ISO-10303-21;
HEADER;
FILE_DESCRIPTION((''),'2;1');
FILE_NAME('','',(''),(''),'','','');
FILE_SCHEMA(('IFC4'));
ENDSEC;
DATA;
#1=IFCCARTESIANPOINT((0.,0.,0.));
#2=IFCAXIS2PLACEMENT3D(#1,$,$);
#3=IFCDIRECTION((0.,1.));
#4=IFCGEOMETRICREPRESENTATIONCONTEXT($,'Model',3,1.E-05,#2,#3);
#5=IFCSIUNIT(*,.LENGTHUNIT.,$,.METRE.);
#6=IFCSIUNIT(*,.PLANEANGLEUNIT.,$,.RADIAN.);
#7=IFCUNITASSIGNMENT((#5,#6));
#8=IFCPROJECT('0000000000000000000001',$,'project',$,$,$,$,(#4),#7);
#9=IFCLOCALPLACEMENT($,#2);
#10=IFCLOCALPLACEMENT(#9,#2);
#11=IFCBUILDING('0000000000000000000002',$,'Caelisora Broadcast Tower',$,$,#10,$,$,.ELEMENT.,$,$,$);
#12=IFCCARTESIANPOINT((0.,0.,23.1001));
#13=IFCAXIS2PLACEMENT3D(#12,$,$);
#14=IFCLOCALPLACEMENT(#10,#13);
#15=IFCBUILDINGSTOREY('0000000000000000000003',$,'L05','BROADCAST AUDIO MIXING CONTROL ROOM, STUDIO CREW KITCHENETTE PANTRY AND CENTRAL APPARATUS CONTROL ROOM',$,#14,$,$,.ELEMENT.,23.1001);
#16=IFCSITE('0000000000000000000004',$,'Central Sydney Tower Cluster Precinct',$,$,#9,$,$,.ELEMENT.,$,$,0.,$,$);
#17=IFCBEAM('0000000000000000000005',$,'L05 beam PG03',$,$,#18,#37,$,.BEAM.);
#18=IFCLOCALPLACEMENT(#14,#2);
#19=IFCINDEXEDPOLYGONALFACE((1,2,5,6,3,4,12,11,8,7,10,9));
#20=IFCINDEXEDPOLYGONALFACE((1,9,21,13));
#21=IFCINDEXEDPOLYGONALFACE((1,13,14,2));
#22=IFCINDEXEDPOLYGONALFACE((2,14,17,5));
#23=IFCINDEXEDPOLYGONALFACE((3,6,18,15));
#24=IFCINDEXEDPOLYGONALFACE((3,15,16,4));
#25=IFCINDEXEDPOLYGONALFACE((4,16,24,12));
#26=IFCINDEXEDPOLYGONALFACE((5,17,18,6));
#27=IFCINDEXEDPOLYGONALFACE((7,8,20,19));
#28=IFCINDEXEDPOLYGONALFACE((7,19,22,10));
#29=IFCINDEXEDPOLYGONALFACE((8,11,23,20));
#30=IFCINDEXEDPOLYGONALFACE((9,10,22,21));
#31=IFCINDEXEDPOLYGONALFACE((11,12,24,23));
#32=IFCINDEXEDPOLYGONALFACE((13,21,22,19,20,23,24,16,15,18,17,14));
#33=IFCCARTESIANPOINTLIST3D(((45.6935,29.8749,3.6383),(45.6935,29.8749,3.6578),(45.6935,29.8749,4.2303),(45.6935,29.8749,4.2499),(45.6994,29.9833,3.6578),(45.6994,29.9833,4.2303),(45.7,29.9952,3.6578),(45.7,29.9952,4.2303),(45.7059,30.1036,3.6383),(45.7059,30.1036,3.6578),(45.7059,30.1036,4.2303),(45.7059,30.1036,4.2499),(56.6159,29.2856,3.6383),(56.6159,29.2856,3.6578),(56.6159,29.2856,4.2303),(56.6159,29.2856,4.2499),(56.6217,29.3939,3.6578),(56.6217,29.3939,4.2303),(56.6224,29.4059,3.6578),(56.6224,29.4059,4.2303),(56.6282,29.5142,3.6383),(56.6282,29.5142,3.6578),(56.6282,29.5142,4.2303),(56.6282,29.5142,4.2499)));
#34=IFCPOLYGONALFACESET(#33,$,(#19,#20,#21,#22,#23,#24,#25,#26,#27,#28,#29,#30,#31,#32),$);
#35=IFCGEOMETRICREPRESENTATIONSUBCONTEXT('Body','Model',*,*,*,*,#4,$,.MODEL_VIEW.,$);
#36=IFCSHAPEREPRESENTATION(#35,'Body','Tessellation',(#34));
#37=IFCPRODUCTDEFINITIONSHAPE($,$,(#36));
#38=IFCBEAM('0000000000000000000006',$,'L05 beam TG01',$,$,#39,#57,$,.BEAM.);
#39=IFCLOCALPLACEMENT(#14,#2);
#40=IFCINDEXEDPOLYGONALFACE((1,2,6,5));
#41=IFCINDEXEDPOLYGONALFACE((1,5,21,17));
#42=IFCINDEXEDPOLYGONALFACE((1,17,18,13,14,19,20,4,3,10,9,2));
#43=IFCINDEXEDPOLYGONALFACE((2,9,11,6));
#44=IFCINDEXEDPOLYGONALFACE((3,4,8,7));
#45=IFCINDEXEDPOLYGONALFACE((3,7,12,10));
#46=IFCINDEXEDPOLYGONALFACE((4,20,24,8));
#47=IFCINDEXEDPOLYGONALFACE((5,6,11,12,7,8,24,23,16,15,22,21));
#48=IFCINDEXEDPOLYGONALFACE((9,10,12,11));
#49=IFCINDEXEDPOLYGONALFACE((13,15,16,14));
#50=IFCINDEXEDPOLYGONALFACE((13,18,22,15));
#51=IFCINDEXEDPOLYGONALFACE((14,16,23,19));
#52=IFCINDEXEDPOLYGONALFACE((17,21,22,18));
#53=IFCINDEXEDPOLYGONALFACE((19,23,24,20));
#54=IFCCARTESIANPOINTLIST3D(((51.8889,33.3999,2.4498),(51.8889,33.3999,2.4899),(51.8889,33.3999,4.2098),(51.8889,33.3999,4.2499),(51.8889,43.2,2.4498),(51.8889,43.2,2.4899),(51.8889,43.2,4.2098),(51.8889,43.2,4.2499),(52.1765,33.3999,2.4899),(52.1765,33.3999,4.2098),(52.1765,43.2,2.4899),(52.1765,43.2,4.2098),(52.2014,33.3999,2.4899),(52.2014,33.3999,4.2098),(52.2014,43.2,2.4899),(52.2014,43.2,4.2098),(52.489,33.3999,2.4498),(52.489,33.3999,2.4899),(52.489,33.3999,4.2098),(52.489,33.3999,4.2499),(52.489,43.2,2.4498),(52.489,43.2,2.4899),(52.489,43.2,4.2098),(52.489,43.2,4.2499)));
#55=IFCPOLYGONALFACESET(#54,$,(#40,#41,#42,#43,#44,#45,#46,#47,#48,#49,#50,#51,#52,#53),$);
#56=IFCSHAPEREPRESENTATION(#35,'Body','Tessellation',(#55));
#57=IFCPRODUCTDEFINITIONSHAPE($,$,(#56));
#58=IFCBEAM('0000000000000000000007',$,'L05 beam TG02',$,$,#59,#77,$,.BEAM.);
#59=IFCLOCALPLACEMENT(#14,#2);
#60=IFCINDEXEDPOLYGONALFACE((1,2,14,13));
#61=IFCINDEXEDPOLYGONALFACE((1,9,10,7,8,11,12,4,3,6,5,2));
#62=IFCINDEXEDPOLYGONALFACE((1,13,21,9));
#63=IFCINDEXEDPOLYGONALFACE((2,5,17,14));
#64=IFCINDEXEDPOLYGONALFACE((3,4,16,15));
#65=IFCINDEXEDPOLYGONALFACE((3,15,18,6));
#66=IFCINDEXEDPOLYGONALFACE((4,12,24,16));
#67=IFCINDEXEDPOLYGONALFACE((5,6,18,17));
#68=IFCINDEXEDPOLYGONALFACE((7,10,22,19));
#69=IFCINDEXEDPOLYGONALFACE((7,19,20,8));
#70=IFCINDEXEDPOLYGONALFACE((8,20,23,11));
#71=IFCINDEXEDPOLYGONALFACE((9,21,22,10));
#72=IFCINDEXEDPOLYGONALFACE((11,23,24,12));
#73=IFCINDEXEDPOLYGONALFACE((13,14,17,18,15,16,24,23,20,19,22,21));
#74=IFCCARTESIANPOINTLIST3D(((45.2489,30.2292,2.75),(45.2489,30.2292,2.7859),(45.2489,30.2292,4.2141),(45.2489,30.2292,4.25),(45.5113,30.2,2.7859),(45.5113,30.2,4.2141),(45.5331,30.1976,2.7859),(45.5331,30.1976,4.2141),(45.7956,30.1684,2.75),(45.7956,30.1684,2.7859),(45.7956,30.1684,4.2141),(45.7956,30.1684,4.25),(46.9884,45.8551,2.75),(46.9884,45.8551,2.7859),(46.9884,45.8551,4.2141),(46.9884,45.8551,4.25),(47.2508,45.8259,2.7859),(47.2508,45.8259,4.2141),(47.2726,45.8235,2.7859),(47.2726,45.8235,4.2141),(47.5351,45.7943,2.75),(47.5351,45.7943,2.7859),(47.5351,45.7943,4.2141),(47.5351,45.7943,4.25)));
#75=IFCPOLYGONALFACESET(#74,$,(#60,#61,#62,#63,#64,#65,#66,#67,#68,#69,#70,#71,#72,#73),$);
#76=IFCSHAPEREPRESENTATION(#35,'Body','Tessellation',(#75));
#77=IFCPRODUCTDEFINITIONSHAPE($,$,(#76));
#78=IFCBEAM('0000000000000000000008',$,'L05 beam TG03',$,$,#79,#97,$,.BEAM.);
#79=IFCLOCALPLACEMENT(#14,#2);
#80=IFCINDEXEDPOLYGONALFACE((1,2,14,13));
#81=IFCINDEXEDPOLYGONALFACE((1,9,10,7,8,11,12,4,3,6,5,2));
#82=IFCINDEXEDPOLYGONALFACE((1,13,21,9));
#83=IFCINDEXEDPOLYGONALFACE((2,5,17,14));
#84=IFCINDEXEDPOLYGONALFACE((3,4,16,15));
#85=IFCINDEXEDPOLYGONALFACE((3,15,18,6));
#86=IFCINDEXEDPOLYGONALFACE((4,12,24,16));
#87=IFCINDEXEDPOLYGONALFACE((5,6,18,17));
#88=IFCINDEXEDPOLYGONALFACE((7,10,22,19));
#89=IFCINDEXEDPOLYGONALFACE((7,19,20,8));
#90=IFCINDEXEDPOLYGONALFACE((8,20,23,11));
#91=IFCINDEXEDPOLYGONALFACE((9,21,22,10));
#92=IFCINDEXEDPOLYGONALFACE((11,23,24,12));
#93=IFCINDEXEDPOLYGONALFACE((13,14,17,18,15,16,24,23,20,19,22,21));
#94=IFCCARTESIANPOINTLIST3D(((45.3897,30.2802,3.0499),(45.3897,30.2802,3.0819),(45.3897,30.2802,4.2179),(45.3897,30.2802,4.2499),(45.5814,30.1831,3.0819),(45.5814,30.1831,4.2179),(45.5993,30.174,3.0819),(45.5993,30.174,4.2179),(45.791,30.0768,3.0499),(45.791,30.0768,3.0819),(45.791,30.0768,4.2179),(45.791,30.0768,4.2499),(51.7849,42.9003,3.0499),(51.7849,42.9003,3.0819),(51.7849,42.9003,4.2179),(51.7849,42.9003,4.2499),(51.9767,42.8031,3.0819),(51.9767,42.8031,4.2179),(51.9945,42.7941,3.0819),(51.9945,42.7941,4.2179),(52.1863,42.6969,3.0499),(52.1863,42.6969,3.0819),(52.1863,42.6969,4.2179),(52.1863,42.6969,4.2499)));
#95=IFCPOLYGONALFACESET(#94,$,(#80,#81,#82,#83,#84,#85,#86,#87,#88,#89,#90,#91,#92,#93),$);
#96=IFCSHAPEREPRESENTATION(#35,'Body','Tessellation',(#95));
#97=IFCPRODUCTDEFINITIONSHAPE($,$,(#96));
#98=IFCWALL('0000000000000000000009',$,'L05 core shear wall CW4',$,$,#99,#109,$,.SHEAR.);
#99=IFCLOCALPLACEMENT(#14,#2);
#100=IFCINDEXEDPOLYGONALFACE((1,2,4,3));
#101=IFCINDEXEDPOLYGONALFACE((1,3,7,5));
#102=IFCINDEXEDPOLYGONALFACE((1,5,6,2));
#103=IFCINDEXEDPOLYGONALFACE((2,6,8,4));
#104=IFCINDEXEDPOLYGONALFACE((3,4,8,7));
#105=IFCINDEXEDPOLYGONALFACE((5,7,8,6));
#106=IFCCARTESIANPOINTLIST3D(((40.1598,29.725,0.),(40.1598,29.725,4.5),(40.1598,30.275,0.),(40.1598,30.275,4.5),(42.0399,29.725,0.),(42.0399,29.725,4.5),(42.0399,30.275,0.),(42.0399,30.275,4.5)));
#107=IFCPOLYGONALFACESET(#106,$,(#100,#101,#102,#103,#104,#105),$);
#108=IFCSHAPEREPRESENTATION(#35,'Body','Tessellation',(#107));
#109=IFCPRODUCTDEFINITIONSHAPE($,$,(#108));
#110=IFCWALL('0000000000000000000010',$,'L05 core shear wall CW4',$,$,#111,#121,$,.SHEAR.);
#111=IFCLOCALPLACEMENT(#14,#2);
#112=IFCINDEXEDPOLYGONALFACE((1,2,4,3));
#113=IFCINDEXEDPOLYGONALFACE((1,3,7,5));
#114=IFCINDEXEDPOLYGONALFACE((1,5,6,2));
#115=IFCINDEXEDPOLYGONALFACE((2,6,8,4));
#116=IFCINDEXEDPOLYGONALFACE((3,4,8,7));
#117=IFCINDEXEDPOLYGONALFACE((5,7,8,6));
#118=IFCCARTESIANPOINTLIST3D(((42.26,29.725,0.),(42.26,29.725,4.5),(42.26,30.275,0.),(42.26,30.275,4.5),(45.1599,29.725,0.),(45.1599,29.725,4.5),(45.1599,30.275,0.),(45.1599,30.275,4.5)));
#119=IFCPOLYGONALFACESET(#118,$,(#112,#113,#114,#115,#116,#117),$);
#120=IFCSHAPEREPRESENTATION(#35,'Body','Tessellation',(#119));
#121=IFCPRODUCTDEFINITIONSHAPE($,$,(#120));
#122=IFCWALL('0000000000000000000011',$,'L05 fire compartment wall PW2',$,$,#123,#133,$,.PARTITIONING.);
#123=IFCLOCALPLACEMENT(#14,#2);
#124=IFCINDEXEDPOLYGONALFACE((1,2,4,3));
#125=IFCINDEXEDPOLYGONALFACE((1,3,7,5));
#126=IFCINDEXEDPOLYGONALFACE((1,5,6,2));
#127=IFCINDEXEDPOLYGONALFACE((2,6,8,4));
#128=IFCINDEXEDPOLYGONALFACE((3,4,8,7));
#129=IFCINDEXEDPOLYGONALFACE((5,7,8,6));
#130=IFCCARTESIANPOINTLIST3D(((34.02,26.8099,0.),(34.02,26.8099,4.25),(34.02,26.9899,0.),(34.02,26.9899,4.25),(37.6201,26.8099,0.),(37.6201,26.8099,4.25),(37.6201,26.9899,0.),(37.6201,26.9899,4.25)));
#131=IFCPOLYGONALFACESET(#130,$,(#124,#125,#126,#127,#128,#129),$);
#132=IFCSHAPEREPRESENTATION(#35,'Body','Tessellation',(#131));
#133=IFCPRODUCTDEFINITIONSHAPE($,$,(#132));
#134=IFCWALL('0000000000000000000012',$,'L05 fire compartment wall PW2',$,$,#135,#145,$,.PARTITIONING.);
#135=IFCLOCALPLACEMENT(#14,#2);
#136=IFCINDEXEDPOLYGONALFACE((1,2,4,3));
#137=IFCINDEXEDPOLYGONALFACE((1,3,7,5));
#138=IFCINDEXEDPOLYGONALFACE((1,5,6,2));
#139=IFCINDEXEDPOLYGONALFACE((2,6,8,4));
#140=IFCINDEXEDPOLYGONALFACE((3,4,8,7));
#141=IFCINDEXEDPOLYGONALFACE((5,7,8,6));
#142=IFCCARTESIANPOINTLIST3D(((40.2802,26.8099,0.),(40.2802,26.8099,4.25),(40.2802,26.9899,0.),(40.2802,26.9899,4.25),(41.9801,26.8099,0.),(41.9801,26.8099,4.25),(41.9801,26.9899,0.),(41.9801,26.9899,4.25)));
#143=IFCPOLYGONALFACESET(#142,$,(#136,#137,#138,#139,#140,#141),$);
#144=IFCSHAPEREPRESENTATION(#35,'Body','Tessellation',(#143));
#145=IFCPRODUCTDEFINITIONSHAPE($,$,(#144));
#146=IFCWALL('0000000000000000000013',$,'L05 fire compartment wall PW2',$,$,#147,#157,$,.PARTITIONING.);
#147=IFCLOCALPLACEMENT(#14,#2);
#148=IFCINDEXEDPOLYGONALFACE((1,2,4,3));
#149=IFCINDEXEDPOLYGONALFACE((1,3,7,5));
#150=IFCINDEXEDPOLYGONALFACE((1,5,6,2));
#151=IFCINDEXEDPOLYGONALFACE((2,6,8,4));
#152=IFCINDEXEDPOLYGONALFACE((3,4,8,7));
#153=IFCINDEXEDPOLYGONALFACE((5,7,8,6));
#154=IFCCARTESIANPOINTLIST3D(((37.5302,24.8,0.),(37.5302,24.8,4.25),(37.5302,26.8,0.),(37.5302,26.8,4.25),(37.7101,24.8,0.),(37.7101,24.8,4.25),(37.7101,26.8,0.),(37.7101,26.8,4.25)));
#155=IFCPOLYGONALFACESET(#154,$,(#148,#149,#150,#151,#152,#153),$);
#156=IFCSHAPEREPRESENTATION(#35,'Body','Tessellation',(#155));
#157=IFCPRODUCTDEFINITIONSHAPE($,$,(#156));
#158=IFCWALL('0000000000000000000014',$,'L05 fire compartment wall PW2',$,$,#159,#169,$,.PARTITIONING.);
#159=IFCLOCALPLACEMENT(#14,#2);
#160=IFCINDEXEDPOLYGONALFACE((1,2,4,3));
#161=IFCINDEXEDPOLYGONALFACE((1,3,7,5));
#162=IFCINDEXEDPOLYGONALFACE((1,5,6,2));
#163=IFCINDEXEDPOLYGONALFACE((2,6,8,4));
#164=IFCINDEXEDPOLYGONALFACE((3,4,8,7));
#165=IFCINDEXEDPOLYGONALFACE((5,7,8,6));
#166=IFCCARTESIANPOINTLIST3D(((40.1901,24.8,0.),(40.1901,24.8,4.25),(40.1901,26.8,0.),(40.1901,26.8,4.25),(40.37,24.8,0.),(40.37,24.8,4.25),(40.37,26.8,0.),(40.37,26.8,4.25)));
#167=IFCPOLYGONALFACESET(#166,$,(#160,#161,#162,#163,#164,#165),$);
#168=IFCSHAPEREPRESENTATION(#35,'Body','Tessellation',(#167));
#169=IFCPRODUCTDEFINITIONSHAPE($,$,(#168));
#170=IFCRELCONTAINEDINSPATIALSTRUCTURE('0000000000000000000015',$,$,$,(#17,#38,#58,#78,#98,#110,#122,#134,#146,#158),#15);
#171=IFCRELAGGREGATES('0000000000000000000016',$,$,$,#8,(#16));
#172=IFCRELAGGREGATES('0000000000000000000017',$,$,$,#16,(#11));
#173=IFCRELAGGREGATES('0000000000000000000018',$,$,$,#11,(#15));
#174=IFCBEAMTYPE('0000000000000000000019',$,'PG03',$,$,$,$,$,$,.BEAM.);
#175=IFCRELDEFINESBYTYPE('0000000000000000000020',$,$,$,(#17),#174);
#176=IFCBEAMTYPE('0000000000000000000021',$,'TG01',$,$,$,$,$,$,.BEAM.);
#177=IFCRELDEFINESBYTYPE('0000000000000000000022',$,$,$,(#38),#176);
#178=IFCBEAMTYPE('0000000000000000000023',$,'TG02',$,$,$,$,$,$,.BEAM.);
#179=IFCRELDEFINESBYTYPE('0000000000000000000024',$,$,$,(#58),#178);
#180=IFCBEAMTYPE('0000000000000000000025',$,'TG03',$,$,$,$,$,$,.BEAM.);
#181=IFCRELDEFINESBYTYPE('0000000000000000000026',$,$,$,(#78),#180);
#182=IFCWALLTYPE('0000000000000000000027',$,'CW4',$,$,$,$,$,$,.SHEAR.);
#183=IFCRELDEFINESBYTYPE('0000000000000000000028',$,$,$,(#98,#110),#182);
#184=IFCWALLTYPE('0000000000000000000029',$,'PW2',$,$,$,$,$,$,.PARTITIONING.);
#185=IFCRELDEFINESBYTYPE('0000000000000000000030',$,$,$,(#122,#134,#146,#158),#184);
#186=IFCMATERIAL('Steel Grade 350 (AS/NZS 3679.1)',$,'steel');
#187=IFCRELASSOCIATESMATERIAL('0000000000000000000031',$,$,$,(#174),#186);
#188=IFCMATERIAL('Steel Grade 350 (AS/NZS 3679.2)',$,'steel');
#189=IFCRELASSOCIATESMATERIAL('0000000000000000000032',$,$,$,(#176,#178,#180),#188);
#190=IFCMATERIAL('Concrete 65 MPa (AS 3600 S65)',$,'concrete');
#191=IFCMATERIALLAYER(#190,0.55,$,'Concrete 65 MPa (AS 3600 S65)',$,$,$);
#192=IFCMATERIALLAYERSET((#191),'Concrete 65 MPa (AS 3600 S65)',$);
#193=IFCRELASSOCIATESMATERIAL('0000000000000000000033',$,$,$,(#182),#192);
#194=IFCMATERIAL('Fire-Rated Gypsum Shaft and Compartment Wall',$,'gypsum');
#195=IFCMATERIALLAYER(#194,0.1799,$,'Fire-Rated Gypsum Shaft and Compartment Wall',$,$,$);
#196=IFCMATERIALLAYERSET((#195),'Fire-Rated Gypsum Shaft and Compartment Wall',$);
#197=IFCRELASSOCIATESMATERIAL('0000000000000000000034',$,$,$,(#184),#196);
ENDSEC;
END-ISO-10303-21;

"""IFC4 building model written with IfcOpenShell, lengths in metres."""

from ifc_helpers import new_model, si_unit, direction, frame, frame_2d, origin, origin_2d, place, context, subcontext, project, spatial, rectangle, i_section, extrude, source, transform, mapped, material, layer, layer_set, material_profile, profile_set, type_object, type_shapes, element, save


model = new_model("IFC4")

# Units and contexts
model_context = context("Model", 3, precision=1e-05, world=origin(), true_north=direction((0.0, 1.0)))
body_context = subcontext(model_context, "Body", "Model", "MODEL_VIEW")
ifc_project = project(units=[si_unit("LENGTHUNIT", "METRE"), si_unit("PLANEANGLEUNIT", "RADIAN")], contexts=[model_context])

# Site, building, storey
site_placement = place(None, origin())
site = spatial("IfcSite", under=ifc_project, at=site_placement, Name="Central Sydney Tower Cluster Precinct", CompositionType="ELEMENT", RefElevation=0.0)
building_placement = place(site_placement, origin())
building = spatial("IfcBuilding", under=site, at=building_placement, Name="Caelisora Broadcast Tower", CompositionType="ELEMENT")
storey_placement = place(building_placement, frame((0.0, 0.0, 23.1001)))
storey = spatial("IfcBuildingStorey", under=building, at=storey_placement, Name="L05", Description="BROADCAST AUDIO MIXING CONTROL ROOM, STUDIO CREW KITCHENETTE PANTRY AND CENTRAL APPARATUS CONTROL ROOM", CompositionType="ELEMENT", Elevation=23.1001)

# Shared definitions
ifc_material_1 = material(Name="Steel Grade 350 (AS/NZS 3679.2)", Category="steel")
ifc_material_2 = material(Name="Steel Grade 350 (AS/NZS 3679.1)", Category="steel")

# Beams
ifc_material_3 = material(Name="Concrete 65 MPa (AS 3600 S65)", Category="concrete")
ifc_material_profile_1 = material_profile(ifc_material_2, i_section(OverallWidth=0.229, OverallDepth=0.6116, WebThickness=0.012, FlangeThickness=0.0195, at=origin_2d()), Name="Steel Grade 350 (AS/NZS 3679.1)")
ifc_profile_set_1 = profile_set([ifc_material_profile_1], Name="Steel Grade 350 (AS/NZS 3679.1)")
beam_type_1 = type_object("IfcBeamType", Name="PG03", PredefinedType="BEAM", material=ifc_profile_set_1)
shared_shape_1 = source(origin(), body_context, "Body", "SweptSolid", [
    extrude(i_section(OverallWidth=0.229, OverallDepth=0.6116, WebThickness=0.012, FlangeThickness=0.0195, at=origin_2d()), origin(), (0.0, 0.0, 1.0), 10.9382),
])
beam_1_placement = place(storey_placement, frame((45.6997, 29.9893, 3.9441), z_axis=(0.998547, -0.05388, 0.0), x_axis=(0.05388, 0.998547, 0.0)))
element("IfcBeam", 1, at=beam_1_placement, inside=storey, type_object=beam_type_1, Name="L05 beam PG03", PredefinedType="BEAM", context=body_context, shape_type="MappedRepresentation", body=[
    mapped(shared_shape_1, transform((0.0, 0.0, 0.0), scale=1.0)),
])
ifc_material_profile_2 = material_profile(ifc_material_1, i_section(OverallWidth=0.6001, OverallDepth=1.8, WebThickness=0.0249, FlangeThickness=0.04, at=origin_2d()), Name="Steel Grade 350 (AS/NZS 3679.2)")
ifc_profile_set_2 = profile_set([ifc_material_profile_2], Name="Steel Grade 350 (AS/NZS 3679.2)")
beam_type_2 = type_object("IfcBeamType", Name="TG01", PredefinedType="BEAM", material=ifc_profile_set_2)
shared_shape_2 = source(origin(), body_context, "Body", "SweptSolid", [
    extrude(i_section(OverallWidth=0.6001, OverallDepth=1.8, WebThickness=0.0249, FlangeThickness=0.04, at=origin_2d()), origin(), (0.0, 0.0, 1.0), 9.8),
])
type_shapes(beam_type_2, [shared_shape_2])
beam_2_placement = place(storey_placement, frame((52.189, 33.3999, 3.3499), z_axis=(0.0, 1.0, 0.0), x_axis=(-1.0, 0.0, 0.0)))
element("IfcBeam", 2, at=beam_2_placement, inside=storey, type_object=beam_type_2, Name="L05 beam TG01", PredefinedType="BEAM", context=body_context, shape_type="MappedRepresentation", body=[
    mapped(shared_shape_2, transform((0.0, 0.0, 0.0), scale=1.0)),
])
ifc_material_profile_3 = material_profile(ifc_material_1, i_section(OverallWidth=0.55, OverallDepth=1.5, WebThickness=0.022, FlangeThickness=0.0359, at=origin_2d()), Name="Steel Grade 350 (AS/NZS 3679.2)")
ifc_profile_set_3 = profile_set([ifc_material_profile_3], Name="Steel Grade 350 (AS/NZS 3679.2)")
beam_type_3 = type_object("IfcBeamType", Name="TG02", PredefinedType="BEAM", material=ifc_profile_set_3)
shared_shape_3 = source(origin(), body_context, "Body", "SweptSolid", [
    extrude(i_section(OverallWidth=0.55, OverallDepth=1.5, WebThickness=0.022, FlangeThickness=0.0359, at=origin_2d()), origin(), (0.0, 0.0, 1.0), 15.7224),
])
type_shapes(beam_type_3, [shared_shape_3])
beam_3_placement = place(storey_placement, frame((47.2617, 45.8247, 3.5), z_axis=(-0.110638, -0.993861, 0.0), x_axis=(0.993861, -0.110638, 0.0)))
element("IfcBeam", 3, at=beam_3_placement, inside=storey, type_object=beam_type_3, Name="L05 beam TG02", PredefinedType="BEAM", context=body_context, shape_type="MappedRepresentation", body=[
    mapped(shared_shape_3, transform((0.0, 0.0, 0.0), scale=1.0)),
])
ifc_material_profile_4 = material_profile(ifc_material_1, i_section(OverallWidth=0.45, OverallDepth=1.2, WebThickness=0.02, FlangeThickness=0.032, at=origin_2d()), Name="Steel Grade 350 (AS/NZS 3679.2)")
ifc_profile_set_4 = profile_set([ifc_material_profile_4], Name="Steel Grade 350 (AS/NZS 3679.2)")
beam_type_4 = type_object("IfcBeamType", Name="TG03", PredefinedType="BEAM", material=ifc_profile_set_4)
shared_shape_4 = source(origin(), body_context, "Body", "SweptSolid", [
    extrude(i_section(OverallWidth=0.45, OverallDepth=1.2, WebThickness=0.02, FlangeThickness=0.032, at=origin_2d()), origin(), (0.0, 0.0, 1.0), 14.1479),
])
type_shapes(beam_type_4, [shared_shape_4])
beam_4_placement = place(storey_placement, frame((51.9856, 42.7986, 3.6499), z_axis=(-0.452025, -0.892005, 0.0), x_axis=(0.892005, -0.452025, 0.0)))
element("IfcBeam", 4, at=beam_4_placement, inside=storey, type_object=beam_type_4, Name="L05 beam TG03", PredefinedType="BEAM", context=body_context, shape_type="MappedRepresentation", body=[
    mapped(shared_shape_4, transform((0.0, 0.0, 0.0), scale=1.0)),
])

# Walls
ifc_layer_1 = layer(ifc_material_3, 0.55, Name="Concrete 65 MPa (AS 3600 S65)")
ifc_layer_set_1 = layer_set([ifc_layer_1], Name="Concrete 65 MPa (AS 3600 S65)")
wall_type_1 = type_object("IfcWallType", Name="CW4", PredefinedType="SHEAR", material=ifc_layer_set_1)
wall_1_placement = place(storey_placement, frame((40.1599, 30.0, 0.0), z_axis=(0.0, 0.0, 1.0), x_axis=(1.0, 0.0, 0.0)))
element("IfcWall", 5, at=wall_1_placement, inside=storey, type_object=wall_type_1, Name="L05 core shear wall CW4", PredefinedType="SHEAR", context=body_context, shape_type="SweptSolid", body=[
    extrude(rectangle(XDim=1.8801, YDim=0.55, at=frame_2d((0.9399, 0.0))), origin(), (0.0, 0.0, 1.0), 4.5),
])
wall_2_placement = place(storey_placement, frame((42.26, 30.0, 0.0), z_axis=(0.0, 0.0, 1.0), x_axis=(1.0, 0.0, 0.0)))
element("IfcWall", 6, at=wall_2_placement, inside=storey, type_object=wall_type_1, Name="L05 core shear wall CW4", PredefinedType="SHEAR", context=body_context, shape_type="SweptSolid", body=[
    extrude(rectangle(XDim=2.8999, YDim=0.55, at=frame_2d((1.45, 0.0))), origin(), (0.0, 0.0, 1.0), 4.5),
])
ifc_material_4 = material(Name="Fire-Rated Gypsum Shaft and Compartment Wall", Category="gypsum")
ifc_layer_2 = layer(ifc_material_4, 0.1799, Name="Fire-Rated Gypsum Shaft and Compartment Wall")
ifc_layer_set_2 = layer_set([ifc_layer_2], Name="Fire-Rated Gypsum Shaft and Compartment Wall")
wall_type_2 = type_object("IfcWallType", Name="PW2", PredefinedType="PARTITIONING", material=ifc_layer_set_2)
wall_3_placement = place(storey_placement, frame((34.02, 26.8999, 0.0), z_axis=(0.0, 0.0, 1.0), x_axis=(1.0, 0.0, 0.0)))
element("IfcWall", 7, at=wall_3_placement, inside=storey, type_object=wall_type_2, Name="L05 fire compartment wall PW2", PredefinedType="PARTITIONING", context=body_context, shape_type="SweptSolid", body=[
    extrude(rectangle(XDim=3.6001, YDim=0.1799, at=frame_2d((1.8, 0.0))), origin(), (0.0, 0.0, 1.0), 4.25),
])
wall_4_placement = place(storey_placement, frame((40.28, 26.8999, 0.0), z_axis=(0.0, 0.0, 1.0), x_axis=(1.0, 0.0, 0.0)))
element("IfcWall", 8, at=wall_4_placement, inside=storey, type_object=wall_type_2, Name="L05 fire compartment wall PW2", PredefinedType="PARTITIONING", context=body_context, shape_type="SweptSolid", body=[
    extrude(rectangle(XDim=1.7, YDim=0.1799, at=frame_2d((0.8501, 0.0))), origin(), (0.0, 0.0, 1.0), 4.25),
])
for number, where, z_axis, x_axis, name in (
    (9, (37.6201, 24.8, 0.0), (0.0, 0.0, 1.0), (0.0, 1.0, 0.0), "L05 fire compartment wall PW2"),
    (10, (40.28, 24.8, 0.0), (0.0, 0.0, 1.0), (0.0, 1.0, 0.0), "L05 fire compartment wall PW2"),
):
    element("IfcWall", number, at=place(storey_placement, frame(where, z_axis=z_axis, x_axis=x_axis)), inside=storey, type_object=wall_type_2, Name=name, PredefinedType="PARTITIONING", context=body_context, shape_type="SweptSolid", body=[
        extrude(rectangle(XDim=2.0, YDim=0.1799, at=frame_2d((1.0, 0.0))), origin(), (0.0, 0.0, 1.0), 4.25),
    ])

save(model, "model.ifc")
